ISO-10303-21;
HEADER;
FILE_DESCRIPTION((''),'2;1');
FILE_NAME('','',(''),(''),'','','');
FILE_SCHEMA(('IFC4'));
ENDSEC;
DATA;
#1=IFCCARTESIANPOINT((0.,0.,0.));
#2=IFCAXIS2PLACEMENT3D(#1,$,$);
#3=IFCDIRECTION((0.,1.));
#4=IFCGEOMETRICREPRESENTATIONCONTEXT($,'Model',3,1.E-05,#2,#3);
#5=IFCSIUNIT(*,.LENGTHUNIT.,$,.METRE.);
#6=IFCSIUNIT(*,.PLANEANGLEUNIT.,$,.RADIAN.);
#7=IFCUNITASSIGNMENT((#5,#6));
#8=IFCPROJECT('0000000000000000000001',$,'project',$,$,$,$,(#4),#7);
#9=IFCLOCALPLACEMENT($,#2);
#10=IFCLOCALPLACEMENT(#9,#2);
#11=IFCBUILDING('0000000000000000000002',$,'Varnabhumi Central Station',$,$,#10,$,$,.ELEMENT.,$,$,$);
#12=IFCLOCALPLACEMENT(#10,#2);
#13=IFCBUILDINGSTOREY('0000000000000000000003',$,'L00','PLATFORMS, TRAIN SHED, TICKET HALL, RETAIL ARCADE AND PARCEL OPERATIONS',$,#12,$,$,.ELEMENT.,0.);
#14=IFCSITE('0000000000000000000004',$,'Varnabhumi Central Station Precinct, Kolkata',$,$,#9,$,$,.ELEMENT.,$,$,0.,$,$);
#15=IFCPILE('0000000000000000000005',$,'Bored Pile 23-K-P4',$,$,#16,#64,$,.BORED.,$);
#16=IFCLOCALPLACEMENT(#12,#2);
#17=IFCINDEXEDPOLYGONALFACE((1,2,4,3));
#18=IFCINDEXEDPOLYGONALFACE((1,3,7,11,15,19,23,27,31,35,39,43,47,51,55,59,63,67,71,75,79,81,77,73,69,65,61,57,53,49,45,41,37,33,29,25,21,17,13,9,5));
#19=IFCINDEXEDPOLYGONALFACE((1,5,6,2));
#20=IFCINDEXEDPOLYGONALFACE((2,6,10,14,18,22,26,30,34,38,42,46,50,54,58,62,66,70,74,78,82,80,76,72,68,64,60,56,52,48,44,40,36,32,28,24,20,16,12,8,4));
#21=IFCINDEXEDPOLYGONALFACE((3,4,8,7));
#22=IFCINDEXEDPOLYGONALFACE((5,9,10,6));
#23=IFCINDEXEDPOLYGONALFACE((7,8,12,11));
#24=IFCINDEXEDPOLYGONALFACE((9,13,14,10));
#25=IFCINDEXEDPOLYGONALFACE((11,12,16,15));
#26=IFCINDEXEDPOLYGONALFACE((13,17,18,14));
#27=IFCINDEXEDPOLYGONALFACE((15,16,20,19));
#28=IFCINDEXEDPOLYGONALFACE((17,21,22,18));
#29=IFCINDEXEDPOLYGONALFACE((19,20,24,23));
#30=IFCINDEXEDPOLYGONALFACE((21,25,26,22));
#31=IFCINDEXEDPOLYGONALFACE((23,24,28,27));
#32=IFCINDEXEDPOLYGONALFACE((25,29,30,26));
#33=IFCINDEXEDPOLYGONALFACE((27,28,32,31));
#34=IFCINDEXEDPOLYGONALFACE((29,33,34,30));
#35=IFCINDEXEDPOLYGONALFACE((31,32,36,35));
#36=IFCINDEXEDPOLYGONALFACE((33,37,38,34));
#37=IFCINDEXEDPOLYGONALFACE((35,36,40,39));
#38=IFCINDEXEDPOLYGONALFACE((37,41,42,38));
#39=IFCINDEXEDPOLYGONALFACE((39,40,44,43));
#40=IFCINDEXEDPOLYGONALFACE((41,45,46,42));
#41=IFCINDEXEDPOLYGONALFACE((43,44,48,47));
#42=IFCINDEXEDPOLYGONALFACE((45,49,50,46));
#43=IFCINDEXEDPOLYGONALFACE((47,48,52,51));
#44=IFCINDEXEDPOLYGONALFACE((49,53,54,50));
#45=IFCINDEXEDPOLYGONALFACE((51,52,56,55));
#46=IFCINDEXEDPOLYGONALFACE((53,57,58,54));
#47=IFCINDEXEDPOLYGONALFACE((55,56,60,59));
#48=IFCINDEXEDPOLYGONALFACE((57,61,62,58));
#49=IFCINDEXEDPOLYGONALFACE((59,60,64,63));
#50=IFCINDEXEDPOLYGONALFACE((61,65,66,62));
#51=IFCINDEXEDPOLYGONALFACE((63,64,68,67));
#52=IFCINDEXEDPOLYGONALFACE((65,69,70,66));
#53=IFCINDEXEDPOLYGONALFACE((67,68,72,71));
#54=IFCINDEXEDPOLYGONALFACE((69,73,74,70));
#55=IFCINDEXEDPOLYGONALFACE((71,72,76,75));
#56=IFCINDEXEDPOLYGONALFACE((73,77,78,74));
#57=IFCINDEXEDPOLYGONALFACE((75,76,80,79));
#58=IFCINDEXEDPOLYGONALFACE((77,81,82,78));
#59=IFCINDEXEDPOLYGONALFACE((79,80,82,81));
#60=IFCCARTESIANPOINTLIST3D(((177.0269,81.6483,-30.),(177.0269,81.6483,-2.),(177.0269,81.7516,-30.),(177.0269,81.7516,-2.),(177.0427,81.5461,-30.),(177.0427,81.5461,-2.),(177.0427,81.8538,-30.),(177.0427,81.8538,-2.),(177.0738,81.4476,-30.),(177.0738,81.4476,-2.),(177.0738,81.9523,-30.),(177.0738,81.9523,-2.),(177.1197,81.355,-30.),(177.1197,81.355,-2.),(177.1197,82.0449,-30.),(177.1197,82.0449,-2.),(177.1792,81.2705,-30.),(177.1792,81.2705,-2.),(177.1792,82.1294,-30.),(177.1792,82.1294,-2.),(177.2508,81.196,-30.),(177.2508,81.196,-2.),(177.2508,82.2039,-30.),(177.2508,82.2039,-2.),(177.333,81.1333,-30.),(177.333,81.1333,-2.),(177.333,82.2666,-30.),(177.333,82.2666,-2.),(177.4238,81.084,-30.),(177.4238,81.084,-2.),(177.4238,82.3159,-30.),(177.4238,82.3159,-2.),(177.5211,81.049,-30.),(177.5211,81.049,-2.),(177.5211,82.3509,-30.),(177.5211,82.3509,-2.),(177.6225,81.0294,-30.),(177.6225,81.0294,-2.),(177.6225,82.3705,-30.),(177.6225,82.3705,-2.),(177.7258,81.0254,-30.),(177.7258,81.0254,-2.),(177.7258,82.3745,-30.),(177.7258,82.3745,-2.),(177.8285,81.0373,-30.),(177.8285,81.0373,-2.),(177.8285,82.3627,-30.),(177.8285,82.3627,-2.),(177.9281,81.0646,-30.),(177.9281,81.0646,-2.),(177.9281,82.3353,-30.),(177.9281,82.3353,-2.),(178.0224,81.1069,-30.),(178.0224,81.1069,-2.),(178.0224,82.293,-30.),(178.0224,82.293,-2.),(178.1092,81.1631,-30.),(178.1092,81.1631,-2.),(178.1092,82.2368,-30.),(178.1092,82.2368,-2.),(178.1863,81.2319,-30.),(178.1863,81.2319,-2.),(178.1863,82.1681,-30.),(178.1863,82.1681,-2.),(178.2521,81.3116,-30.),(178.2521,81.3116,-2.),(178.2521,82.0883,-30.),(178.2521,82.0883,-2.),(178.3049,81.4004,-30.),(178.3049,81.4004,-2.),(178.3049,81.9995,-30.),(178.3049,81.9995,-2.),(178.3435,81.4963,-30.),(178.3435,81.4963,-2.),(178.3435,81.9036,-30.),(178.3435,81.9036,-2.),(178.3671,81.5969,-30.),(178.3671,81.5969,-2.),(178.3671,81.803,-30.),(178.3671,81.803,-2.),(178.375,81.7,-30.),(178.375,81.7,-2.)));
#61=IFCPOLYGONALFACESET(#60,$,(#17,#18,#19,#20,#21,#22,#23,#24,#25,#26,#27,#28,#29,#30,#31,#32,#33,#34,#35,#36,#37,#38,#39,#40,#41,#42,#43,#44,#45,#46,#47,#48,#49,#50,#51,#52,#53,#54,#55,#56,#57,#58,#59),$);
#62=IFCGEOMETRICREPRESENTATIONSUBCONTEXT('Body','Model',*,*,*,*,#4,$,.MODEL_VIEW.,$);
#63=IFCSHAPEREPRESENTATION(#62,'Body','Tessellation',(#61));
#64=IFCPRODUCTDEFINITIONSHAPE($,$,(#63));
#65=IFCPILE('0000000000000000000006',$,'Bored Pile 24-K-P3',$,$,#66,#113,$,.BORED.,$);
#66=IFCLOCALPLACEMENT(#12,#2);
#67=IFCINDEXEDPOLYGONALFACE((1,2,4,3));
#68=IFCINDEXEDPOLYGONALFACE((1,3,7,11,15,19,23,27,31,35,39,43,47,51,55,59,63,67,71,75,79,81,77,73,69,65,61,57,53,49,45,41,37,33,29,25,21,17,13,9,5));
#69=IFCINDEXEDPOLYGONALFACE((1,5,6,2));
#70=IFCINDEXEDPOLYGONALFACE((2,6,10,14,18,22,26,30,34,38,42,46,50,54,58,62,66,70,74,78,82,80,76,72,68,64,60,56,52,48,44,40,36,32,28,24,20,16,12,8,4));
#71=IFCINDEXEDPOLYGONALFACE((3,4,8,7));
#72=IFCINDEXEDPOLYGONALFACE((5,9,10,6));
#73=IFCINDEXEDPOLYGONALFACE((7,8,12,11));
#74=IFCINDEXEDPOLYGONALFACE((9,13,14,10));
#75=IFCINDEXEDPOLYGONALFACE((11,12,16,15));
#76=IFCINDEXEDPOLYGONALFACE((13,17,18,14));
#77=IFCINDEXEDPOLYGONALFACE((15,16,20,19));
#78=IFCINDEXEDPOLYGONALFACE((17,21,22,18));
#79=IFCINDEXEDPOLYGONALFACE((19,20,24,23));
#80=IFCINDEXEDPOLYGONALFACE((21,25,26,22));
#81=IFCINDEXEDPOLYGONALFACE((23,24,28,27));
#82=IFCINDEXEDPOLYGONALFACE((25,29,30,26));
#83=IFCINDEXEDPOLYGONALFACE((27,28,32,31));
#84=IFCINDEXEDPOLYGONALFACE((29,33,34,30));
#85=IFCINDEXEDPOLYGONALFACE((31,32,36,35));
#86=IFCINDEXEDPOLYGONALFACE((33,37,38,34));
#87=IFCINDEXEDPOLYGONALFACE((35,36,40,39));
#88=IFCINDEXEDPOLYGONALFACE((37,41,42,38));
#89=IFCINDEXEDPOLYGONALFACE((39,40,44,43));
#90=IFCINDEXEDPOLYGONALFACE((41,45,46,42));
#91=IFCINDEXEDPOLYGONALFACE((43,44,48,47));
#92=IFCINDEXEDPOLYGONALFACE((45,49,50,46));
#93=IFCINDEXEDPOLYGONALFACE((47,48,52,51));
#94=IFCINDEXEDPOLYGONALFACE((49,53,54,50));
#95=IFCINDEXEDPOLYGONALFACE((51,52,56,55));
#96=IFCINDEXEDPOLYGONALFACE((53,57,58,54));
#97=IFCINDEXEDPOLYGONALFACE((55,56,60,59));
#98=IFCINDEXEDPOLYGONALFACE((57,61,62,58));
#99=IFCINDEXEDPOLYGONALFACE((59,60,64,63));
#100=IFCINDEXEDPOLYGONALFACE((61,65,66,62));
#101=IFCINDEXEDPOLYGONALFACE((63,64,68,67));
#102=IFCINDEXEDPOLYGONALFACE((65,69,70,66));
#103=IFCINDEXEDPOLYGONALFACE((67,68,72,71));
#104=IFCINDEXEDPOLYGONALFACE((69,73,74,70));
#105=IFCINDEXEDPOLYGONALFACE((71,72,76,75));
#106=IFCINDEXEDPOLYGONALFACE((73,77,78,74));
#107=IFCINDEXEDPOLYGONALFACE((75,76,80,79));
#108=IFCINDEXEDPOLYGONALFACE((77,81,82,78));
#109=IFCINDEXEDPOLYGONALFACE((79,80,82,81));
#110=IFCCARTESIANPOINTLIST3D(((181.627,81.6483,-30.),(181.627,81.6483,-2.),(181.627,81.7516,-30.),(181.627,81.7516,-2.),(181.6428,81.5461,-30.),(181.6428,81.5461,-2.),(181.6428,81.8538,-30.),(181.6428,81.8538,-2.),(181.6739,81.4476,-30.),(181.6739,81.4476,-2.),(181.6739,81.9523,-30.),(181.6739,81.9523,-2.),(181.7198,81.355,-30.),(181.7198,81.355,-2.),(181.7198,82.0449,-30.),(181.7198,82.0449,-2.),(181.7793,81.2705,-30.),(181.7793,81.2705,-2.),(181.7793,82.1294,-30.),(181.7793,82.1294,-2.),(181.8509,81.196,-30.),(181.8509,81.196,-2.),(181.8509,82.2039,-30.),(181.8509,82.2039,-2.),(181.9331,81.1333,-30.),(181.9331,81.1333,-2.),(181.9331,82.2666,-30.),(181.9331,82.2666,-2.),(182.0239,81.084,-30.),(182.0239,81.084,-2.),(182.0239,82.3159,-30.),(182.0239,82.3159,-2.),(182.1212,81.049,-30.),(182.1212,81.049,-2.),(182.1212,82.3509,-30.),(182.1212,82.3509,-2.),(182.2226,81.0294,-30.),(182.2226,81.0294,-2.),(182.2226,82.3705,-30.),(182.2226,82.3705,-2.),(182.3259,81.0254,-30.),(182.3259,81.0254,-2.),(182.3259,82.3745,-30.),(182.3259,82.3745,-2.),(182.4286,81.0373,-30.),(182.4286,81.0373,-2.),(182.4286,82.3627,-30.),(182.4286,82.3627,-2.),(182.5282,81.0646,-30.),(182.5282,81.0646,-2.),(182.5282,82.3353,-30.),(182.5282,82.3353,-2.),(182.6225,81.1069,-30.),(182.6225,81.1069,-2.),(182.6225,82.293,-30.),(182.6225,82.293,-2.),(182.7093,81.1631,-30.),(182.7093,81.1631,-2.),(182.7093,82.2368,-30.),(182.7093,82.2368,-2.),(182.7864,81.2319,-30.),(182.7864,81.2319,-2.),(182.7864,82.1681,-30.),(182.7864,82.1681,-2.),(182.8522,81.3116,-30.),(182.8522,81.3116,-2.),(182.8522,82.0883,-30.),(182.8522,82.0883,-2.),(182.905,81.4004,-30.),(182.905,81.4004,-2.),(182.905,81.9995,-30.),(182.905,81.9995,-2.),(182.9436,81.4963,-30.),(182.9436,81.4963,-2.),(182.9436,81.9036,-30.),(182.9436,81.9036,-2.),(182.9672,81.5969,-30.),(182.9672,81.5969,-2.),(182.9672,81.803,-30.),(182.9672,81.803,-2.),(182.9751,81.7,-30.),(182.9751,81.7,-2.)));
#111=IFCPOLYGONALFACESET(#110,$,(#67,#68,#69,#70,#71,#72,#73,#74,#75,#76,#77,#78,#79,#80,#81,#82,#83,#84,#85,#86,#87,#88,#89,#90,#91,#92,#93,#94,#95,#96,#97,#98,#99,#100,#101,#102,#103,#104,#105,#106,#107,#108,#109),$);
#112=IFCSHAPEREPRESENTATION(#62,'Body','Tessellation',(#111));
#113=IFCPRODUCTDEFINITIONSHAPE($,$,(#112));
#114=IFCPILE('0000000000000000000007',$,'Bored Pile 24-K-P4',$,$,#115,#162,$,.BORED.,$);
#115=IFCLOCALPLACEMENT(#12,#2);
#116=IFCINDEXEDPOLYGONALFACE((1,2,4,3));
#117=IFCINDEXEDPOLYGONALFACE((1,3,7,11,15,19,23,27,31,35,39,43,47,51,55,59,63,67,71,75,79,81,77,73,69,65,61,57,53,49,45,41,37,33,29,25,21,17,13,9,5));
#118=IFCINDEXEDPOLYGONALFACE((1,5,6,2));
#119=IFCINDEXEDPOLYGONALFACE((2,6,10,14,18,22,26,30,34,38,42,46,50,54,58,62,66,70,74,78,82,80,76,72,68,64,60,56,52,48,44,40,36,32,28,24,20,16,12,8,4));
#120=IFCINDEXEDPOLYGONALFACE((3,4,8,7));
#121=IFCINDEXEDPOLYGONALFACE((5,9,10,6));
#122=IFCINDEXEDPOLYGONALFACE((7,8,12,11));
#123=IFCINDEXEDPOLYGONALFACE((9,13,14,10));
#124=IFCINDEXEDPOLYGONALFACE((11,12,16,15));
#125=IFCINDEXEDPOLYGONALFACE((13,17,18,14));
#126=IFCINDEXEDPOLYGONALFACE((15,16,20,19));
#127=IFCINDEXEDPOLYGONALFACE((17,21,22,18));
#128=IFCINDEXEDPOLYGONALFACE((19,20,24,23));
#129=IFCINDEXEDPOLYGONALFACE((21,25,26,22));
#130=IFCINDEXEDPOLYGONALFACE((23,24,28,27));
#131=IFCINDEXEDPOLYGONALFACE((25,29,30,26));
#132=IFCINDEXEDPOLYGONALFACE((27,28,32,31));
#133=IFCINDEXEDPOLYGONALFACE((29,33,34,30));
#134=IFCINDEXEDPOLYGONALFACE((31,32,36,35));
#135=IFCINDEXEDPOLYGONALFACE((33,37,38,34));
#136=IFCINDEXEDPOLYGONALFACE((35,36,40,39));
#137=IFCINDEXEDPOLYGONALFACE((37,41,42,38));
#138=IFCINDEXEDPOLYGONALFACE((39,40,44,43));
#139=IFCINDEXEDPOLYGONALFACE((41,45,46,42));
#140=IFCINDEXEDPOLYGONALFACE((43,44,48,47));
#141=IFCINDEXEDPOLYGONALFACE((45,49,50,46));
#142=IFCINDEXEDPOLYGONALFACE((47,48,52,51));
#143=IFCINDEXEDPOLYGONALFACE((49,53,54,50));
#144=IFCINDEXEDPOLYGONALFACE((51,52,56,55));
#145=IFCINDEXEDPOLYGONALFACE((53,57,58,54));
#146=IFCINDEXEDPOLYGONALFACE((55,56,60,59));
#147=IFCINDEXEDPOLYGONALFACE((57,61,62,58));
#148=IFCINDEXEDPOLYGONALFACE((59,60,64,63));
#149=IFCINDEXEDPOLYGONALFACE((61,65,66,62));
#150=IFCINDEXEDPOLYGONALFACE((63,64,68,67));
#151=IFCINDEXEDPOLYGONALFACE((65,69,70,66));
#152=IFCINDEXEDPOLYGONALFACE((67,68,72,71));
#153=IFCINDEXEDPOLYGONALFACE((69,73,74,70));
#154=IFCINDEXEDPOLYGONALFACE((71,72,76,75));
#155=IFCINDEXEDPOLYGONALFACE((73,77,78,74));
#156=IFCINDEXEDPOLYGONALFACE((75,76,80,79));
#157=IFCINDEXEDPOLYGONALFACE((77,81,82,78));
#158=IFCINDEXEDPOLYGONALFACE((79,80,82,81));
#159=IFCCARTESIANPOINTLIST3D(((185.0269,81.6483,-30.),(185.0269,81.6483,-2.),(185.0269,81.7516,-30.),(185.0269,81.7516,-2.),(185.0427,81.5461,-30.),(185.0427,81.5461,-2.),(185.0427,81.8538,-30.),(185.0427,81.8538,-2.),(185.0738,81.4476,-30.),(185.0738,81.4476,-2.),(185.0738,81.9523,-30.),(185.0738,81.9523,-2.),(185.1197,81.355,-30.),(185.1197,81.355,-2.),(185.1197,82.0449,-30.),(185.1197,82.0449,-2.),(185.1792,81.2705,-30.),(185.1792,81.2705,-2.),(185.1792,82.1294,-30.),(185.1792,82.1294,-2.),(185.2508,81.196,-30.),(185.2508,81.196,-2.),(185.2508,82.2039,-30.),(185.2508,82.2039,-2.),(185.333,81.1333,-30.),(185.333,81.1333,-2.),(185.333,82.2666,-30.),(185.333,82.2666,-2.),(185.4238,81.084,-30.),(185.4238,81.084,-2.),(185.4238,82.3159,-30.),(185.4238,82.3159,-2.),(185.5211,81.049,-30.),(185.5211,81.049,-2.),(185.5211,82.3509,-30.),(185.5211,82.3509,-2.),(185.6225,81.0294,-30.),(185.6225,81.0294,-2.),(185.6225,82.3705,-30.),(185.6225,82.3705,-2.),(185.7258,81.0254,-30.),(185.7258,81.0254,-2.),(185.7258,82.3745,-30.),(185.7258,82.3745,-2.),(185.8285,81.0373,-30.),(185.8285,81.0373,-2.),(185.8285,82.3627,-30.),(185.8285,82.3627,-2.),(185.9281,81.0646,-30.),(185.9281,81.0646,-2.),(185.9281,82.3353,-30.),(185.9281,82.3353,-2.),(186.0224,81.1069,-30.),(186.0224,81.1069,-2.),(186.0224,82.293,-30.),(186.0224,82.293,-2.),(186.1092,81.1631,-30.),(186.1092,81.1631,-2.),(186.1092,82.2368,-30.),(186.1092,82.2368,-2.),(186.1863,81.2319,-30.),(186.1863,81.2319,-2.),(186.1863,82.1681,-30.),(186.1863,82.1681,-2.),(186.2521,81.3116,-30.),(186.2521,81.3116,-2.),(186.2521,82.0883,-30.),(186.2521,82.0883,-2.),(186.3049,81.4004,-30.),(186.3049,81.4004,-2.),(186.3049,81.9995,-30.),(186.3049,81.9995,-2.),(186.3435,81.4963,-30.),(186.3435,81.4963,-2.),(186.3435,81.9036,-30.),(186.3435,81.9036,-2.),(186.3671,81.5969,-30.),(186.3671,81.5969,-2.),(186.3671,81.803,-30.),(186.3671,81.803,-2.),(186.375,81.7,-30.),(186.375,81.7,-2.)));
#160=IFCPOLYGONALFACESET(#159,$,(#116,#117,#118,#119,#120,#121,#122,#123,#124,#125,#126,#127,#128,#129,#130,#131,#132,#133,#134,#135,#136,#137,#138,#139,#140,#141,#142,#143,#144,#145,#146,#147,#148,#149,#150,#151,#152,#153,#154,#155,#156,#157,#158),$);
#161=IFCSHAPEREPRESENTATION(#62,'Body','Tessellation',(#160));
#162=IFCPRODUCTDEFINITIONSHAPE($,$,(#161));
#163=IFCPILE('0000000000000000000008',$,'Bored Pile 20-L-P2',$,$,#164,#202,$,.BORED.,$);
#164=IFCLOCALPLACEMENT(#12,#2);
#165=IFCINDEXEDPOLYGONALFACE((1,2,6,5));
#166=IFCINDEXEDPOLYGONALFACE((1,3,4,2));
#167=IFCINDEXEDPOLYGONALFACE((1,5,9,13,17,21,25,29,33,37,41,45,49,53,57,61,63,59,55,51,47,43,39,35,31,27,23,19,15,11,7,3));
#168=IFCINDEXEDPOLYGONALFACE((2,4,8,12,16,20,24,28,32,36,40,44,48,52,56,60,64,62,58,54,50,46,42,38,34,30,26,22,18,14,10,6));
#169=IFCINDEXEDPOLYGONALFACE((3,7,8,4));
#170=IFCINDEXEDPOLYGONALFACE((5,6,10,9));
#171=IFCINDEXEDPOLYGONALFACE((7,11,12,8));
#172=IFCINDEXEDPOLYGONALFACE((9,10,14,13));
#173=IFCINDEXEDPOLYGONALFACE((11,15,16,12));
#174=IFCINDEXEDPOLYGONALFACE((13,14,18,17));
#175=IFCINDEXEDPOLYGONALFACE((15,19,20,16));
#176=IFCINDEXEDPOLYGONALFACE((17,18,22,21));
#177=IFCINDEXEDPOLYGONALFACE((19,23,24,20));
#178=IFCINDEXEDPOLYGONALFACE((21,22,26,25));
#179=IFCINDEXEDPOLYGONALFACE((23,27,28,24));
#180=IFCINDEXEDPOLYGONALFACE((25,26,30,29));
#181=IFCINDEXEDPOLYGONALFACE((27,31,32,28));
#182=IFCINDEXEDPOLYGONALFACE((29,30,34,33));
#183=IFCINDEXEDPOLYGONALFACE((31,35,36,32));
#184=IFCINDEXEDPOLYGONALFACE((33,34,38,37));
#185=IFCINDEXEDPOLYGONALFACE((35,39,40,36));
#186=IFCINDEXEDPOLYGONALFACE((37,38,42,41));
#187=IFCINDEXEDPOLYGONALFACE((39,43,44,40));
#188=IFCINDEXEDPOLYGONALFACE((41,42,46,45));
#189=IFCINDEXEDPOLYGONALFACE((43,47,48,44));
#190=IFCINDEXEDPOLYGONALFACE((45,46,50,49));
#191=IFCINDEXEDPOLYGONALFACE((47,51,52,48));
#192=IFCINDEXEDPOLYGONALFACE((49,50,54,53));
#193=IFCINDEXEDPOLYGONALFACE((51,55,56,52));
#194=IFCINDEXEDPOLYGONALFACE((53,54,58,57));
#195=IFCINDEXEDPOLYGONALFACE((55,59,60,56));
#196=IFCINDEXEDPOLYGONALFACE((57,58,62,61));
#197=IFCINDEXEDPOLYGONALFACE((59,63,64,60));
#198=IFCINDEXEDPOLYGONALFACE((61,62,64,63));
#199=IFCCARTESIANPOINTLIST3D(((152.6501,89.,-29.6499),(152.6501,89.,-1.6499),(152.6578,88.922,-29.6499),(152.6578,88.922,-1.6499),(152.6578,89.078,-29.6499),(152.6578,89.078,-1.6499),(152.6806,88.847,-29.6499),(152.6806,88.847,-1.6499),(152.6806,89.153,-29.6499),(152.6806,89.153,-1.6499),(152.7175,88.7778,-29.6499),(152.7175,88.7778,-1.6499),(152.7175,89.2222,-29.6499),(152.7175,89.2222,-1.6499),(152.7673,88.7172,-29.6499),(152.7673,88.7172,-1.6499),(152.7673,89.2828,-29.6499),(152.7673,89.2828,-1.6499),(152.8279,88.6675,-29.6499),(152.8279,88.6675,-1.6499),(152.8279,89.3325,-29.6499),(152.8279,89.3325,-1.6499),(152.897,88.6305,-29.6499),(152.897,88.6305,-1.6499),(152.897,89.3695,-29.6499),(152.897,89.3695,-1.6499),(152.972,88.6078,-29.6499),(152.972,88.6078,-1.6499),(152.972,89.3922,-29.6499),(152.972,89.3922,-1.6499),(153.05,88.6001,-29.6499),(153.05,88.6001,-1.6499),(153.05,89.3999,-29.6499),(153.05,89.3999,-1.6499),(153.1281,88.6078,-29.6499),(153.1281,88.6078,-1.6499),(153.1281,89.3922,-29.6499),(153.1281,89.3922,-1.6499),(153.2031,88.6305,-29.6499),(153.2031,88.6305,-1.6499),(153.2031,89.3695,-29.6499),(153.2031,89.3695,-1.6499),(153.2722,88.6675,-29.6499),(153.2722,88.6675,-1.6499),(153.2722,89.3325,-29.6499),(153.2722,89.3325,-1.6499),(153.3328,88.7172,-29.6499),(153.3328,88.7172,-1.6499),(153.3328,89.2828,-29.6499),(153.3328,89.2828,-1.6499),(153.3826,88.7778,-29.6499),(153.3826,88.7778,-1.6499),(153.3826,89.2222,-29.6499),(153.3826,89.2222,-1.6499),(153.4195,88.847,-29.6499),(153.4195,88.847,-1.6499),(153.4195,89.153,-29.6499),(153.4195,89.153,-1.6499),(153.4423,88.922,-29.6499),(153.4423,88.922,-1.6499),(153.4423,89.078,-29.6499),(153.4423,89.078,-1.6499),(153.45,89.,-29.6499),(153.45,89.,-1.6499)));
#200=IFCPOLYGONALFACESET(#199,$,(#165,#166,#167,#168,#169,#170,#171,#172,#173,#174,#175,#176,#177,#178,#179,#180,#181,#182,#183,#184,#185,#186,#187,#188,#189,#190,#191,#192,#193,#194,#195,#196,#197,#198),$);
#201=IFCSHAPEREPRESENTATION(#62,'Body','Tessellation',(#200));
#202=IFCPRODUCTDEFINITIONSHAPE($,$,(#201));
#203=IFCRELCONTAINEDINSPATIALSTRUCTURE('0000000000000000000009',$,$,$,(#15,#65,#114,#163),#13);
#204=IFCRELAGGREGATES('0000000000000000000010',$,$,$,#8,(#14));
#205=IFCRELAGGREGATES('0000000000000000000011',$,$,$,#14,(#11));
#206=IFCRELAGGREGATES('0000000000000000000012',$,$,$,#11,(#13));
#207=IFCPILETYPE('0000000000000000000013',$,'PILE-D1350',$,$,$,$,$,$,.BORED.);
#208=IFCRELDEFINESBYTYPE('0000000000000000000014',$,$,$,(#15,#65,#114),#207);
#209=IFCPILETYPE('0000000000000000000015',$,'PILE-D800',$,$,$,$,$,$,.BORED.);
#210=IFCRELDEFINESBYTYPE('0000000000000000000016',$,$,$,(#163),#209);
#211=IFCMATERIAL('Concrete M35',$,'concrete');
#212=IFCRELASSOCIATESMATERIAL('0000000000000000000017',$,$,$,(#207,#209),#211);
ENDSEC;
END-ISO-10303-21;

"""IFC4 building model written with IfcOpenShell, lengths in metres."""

from ifc_helpers import new_model, si_unit, direction, frame, origin, origin_2d, place, context, subcontext, project, spatial, circle, extrude, material, material_profile, profile_set, type_object, element, save


model = new_model("IFC4")

# Units and contexts
model_context = context("Model", 3, precision=1e-05, world=origin(), true_north=direction((0.0, 1.0)))
body_context = subcontext(model_context, "Body", "Model", "MODEL_VIEW")
ifc_project = project(units=[si_unit("LENGTHUNIT", "METRE"), si_unit("PLANEANGLEUNIT", "RADIAN")], contexts=[model_context])

# Site, building, storey
site_placement = place(None, origin())
site = spatial("IfcSite", under=ifc_project, at=site_placement, Name="Varnabhumi Central Station Precinct, Kolkata", CompositionType="ELEMENT", RefElevation=0.0)
building_placement = place(site_placement, origin())
building = spatial("IfcBuilding", under=site, at=building_placement, Name="Varnabhumi Central Station", CompositionType="ELEMENT")
storey_placement = place(building_placement, origin())
storey = spatial("IfcBuildingStorey", under=building, at=storey_placement, Name="L00", Description="PLATFORMS, TRAIN SHED, TICKET HALL, RETAIL ARCADE AND PARCEL OPERATIONS", CompositionType="ELEMENT", Elevation=0.0)

# Piles
ifc_material_1 = material(Name="Concrete M35", Category="concrete")
ifc_material_profile_1 = material_profile(ifc_material_1, circle(Radius=0.675, at=origin_2d()), Name="Concrete M35", Category="concrete")
ifc_profile_set_1 = profile_set([ifc_material_profile_1], Name="Concrete M35")
pile_type_1 = type_object("IfcPileType", Name="PILE-D1350", PredefinedType="BORED", material=ifc_profile_set_1)
for number, where, z_axis, x_axis, name in (
    (1, (177.7, 81.7, -2.0), (0.0, 0.0, -1.0), (1.0, 0.0, 0.0), "Bored Pile 23-K-P4"),
    (2, (182.3, 81.7, -2.0), (0.0, 0.0, -1.0), (1.0, 0.0, 0.0), "Bored Pile 24-K-P3"),
    (3, (185.7, 81.7, -2.0), (0.0, 0.0, -1.0), (1.0, 0.0, 0.0), "Bored Pile 24-K-P4"),
):
    element("IfcPile", number, at=place(storey_placement, frame(where, z_axis=z_axis, x_axis=x_axis)), inside=storey, type_object=pile_type_1, Name=name, PredefinedType="BORED", context=body_context, shape_type="SweptSolid", body=[
        extrude(circle(Radius=0.675, at=origin_2d()), origin(), (0.0, 0.0, 1.0), 28.0),
    ])
ifc_material_profile_2 = material_profile(ifc_material_1, circle(Radius=0.3999, at=origin_2d()), Name="Concrete M35", Category="concrete")
ifc_profile_set_2 = profile_set([ifc_material_profile_2], Name="Concrete M35")
pile_type_2 = type_object("IfcPileType", Name="PILE-D800", PredefinedType="BORED", material=ifc_profile_set_2)
for number, where, z_axis, x_axis, name in (
    (4, (153.05, 89.0, -1.6499), (0.0, 0.0, -1.0), (1.0, 0.0, 0.0), "Bored Pile 20-L-P2"),
):
    element("IfcPile", number, at=place(storey_placement, frame(where, z_axis=z_axis, x_axis=x_axis)), inside=storey, type_object=pile_type_2, Name=name, PredefinedType="BORED", context=body_context, shape_type="SweptSolid", body=[
        extrude(circle(Radius=0.3999, at=origin_2d()), origin(), (0.0, 0.0, 1.0), 28.0),
    ])

save(model, "model.ifc")
